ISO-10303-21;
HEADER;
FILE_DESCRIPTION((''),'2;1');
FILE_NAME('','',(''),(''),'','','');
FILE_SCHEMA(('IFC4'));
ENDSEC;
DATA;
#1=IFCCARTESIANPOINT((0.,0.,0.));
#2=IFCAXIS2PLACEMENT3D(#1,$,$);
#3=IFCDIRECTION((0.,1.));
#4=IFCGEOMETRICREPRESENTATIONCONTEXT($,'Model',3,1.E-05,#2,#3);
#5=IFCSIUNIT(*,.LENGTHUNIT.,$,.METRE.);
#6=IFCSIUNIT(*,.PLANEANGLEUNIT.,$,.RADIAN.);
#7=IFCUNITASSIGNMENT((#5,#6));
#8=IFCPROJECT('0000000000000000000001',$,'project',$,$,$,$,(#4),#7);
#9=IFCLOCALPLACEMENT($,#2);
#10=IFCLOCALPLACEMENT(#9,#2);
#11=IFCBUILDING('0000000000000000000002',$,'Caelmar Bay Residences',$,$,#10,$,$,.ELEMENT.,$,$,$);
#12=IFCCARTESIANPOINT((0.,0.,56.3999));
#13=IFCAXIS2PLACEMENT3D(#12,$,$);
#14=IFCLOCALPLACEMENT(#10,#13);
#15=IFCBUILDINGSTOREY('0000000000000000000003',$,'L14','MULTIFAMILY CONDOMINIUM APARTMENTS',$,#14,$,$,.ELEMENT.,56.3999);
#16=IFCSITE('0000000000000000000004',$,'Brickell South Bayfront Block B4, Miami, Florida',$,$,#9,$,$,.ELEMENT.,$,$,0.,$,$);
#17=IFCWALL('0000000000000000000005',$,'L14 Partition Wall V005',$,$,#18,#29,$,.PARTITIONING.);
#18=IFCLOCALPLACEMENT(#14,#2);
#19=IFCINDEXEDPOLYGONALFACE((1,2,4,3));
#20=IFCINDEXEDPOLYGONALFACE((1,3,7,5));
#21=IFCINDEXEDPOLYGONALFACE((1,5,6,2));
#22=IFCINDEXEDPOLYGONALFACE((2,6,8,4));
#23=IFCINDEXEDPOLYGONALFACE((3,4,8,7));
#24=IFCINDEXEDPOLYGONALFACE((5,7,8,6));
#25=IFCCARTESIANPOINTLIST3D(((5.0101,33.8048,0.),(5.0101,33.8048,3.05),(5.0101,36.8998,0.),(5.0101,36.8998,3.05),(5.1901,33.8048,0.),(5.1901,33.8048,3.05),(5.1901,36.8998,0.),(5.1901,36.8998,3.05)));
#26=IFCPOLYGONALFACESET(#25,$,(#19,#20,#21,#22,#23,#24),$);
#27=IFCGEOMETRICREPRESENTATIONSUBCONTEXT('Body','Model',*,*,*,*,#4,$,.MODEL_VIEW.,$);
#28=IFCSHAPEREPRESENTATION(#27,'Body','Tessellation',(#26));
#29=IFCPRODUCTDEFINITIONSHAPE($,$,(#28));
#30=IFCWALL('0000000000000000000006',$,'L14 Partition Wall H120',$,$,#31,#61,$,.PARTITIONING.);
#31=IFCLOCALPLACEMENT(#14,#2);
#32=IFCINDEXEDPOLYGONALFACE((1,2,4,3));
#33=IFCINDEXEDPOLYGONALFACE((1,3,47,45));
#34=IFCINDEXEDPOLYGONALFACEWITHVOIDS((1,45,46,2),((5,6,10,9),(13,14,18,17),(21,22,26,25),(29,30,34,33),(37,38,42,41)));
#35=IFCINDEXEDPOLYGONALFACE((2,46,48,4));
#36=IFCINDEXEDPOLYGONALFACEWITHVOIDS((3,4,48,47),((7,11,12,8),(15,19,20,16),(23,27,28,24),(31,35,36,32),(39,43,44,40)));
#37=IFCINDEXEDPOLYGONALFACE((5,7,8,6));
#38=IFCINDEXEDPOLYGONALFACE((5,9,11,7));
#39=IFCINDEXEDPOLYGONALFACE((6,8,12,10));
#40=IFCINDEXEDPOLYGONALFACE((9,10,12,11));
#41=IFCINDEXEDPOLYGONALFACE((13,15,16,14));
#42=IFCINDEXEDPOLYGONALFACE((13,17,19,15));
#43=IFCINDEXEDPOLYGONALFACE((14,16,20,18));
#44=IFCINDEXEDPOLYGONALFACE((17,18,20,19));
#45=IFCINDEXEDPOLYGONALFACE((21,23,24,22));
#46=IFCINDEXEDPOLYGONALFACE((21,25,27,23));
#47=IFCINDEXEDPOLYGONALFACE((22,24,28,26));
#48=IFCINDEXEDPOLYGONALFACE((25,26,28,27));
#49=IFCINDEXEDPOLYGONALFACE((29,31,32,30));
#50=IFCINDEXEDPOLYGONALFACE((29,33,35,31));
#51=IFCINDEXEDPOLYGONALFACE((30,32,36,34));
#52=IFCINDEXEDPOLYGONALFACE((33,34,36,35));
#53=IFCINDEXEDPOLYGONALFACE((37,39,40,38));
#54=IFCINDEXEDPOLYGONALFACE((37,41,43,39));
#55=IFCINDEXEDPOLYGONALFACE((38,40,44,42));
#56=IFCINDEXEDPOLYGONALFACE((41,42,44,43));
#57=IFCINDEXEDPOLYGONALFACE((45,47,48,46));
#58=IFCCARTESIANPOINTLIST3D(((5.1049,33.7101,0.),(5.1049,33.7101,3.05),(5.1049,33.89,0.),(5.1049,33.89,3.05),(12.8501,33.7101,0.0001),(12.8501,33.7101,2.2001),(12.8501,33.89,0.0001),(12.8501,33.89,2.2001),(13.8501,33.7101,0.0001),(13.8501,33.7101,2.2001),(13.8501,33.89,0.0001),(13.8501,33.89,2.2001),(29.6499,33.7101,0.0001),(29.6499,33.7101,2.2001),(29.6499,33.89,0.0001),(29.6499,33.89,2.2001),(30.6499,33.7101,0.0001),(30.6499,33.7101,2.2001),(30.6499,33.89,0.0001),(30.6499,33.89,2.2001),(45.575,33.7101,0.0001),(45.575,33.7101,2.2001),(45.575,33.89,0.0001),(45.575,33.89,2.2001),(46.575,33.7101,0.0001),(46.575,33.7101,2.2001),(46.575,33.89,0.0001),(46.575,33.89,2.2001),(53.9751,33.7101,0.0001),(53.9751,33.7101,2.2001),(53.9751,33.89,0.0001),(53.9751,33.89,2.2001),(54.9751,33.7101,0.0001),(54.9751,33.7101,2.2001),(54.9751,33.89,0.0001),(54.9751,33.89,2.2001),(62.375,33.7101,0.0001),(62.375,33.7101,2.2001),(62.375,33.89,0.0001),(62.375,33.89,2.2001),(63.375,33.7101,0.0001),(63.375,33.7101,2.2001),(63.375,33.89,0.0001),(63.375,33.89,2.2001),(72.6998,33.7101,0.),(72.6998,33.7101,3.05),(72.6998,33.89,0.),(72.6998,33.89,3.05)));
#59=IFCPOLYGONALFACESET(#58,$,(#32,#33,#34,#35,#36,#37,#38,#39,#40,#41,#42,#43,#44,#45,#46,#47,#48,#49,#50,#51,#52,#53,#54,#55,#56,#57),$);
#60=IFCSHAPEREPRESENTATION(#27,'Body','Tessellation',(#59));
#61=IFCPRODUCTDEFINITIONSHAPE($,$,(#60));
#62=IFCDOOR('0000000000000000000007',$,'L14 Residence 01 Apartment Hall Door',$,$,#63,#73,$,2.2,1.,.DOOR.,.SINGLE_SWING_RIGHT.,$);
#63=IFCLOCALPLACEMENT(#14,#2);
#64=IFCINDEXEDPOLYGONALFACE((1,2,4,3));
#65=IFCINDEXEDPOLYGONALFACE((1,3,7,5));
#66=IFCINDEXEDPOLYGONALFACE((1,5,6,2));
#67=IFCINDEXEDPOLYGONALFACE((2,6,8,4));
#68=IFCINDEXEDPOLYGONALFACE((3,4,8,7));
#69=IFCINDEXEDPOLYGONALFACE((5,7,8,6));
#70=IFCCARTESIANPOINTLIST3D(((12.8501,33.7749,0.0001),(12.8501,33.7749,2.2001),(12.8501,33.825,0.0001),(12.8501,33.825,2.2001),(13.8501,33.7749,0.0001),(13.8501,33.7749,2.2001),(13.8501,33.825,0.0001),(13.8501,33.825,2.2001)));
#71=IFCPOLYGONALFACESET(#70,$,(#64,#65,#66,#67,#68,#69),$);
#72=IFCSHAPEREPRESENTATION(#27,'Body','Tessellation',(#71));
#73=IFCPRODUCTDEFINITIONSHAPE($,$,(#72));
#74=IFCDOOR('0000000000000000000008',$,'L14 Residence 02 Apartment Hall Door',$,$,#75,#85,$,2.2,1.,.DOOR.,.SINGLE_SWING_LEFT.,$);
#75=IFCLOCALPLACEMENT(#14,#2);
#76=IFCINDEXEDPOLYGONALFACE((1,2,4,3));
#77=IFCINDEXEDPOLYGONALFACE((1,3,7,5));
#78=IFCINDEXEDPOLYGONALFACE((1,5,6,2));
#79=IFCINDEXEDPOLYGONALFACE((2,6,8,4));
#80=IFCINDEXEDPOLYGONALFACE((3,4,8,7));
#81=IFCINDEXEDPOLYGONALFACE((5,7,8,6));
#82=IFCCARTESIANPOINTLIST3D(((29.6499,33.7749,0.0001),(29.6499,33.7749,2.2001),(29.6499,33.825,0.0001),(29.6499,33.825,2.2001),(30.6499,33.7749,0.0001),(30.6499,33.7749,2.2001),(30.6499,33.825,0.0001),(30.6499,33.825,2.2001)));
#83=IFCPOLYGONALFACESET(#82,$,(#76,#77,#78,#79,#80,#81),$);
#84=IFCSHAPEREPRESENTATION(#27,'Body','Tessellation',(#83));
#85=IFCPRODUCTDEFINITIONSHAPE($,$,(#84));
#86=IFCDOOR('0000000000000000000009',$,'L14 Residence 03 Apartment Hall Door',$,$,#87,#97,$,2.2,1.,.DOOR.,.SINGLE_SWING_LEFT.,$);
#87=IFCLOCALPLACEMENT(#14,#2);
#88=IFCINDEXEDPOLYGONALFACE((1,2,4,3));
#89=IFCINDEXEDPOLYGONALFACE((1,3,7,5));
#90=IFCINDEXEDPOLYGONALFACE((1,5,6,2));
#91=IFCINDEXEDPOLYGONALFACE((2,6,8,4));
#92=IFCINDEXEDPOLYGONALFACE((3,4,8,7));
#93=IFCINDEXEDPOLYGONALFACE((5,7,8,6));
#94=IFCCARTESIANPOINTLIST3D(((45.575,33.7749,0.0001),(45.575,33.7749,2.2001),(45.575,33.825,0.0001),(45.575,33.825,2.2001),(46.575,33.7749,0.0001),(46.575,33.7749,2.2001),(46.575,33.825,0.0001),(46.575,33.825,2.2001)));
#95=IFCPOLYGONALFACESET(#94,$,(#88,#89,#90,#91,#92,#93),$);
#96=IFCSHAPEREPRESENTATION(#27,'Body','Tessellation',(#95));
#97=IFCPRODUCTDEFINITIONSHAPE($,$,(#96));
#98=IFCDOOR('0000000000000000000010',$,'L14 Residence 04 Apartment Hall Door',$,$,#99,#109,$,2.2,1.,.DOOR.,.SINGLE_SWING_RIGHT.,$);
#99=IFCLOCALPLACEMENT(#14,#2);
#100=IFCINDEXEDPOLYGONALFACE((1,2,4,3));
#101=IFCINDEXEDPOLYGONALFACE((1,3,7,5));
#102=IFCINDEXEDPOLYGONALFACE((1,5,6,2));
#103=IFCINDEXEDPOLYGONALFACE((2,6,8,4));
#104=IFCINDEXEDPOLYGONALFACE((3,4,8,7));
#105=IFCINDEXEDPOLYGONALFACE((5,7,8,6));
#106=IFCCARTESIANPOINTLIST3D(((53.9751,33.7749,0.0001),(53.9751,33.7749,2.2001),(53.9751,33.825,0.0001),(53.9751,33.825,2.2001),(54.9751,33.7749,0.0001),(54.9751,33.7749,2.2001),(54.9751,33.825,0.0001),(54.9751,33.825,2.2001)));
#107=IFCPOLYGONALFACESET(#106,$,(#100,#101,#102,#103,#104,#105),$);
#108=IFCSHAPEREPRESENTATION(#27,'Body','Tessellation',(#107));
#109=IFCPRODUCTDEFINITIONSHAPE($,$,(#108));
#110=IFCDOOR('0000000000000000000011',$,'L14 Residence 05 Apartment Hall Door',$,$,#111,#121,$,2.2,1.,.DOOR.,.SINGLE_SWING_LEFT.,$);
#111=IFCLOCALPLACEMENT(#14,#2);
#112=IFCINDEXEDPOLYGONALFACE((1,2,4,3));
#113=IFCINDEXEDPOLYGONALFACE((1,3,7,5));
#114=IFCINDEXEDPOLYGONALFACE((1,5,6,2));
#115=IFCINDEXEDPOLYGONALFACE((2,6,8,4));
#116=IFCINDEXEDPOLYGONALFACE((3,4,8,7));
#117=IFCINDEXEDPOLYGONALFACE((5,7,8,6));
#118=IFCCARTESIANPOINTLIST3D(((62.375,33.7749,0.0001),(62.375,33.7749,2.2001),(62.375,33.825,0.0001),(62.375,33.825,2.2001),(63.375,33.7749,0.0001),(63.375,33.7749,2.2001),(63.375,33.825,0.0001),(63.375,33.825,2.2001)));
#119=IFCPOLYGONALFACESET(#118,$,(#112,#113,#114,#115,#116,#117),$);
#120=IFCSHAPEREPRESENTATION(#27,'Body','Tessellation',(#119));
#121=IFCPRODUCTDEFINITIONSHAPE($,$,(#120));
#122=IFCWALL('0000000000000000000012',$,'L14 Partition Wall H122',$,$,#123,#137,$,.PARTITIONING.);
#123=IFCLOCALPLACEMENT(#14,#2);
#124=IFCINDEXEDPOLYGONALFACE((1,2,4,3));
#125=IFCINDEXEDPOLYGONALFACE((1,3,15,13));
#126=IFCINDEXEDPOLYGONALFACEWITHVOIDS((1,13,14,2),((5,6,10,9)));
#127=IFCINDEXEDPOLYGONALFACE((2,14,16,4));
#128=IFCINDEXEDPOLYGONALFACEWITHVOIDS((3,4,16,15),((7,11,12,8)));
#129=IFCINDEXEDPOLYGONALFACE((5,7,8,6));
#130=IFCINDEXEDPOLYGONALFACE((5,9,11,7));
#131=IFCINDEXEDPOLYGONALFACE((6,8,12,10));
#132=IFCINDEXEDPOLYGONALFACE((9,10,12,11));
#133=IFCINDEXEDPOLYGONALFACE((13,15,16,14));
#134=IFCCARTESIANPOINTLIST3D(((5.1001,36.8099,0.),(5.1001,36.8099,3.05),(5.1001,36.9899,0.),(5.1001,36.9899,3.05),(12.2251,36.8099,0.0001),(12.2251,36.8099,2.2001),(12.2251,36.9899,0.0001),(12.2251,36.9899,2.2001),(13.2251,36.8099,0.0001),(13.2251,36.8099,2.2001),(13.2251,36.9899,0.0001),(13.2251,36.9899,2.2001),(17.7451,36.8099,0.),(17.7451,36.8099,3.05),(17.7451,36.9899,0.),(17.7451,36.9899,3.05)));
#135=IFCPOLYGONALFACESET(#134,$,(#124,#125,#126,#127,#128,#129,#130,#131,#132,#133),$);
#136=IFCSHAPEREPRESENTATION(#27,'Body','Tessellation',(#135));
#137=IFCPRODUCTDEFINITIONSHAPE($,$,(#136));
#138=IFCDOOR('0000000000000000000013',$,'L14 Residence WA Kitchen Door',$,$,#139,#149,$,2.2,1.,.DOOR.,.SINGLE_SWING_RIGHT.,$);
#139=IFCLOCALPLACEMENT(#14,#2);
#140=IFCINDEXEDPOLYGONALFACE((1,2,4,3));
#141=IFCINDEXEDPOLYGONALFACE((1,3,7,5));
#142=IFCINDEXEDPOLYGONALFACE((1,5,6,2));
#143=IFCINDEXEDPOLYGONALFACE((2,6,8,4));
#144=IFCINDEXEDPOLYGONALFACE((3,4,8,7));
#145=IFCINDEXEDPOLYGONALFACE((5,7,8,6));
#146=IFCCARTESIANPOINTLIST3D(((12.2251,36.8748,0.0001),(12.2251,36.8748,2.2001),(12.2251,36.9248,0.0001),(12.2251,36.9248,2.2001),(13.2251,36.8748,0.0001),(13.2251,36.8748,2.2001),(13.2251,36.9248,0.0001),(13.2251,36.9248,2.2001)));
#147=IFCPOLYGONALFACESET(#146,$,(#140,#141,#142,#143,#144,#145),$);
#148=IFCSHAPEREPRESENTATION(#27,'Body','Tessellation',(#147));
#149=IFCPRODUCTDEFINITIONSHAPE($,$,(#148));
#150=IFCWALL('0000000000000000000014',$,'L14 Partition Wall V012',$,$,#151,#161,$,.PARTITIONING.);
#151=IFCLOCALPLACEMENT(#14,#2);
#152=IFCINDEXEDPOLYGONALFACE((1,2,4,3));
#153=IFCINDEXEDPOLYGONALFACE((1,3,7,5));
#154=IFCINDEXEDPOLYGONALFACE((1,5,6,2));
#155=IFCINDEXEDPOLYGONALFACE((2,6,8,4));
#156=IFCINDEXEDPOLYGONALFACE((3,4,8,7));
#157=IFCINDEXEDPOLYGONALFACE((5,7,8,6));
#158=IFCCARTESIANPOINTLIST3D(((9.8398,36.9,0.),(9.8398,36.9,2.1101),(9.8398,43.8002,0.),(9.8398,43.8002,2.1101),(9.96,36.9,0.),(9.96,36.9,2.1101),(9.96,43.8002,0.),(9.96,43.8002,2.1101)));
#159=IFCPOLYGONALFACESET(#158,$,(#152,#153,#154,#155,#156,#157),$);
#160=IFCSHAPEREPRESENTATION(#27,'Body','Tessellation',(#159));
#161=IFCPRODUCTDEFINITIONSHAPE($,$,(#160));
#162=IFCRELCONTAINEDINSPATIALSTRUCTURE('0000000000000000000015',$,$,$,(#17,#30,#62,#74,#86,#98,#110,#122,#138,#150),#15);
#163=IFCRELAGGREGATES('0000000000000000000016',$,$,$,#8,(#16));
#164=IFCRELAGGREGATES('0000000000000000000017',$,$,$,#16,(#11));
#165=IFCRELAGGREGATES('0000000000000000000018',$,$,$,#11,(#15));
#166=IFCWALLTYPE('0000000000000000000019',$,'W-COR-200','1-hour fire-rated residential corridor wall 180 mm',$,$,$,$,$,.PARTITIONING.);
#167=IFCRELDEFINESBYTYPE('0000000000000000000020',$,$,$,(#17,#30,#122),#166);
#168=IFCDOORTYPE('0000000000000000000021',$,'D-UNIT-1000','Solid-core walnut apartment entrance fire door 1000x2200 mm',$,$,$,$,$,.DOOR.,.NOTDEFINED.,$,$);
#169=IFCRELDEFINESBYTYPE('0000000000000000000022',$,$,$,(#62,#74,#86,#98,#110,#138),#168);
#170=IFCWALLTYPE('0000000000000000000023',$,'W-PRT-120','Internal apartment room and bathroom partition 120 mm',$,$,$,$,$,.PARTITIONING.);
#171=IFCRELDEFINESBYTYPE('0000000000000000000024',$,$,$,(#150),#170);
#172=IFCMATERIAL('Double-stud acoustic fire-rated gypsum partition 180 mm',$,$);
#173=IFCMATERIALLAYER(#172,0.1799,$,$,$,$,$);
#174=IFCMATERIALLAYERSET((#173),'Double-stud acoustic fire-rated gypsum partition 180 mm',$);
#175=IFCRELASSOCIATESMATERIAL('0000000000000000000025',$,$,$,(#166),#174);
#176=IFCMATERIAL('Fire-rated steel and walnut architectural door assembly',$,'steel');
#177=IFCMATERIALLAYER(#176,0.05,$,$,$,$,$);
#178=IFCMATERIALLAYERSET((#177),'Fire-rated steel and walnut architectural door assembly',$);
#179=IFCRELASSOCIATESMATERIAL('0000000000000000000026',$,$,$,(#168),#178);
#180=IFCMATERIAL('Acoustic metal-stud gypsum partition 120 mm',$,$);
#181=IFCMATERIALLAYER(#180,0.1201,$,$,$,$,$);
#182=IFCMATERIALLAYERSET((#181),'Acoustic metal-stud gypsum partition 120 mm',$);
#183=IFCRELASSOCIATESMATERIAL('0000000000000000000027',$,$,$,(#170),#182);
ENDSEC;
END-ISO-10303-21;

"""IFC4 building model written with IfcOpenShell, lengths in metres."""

from ifc_helpers import new_model, si_unit, direction, frame, frame_2d, origin, place, context, subcontext, project, spatial, rectangle, extrude, material, layer, layer_set, type_object, element, fill, save


model = new_model("IFC4")

# Units and contexts
model_context = context("Model", 3, precision=1e-05, world=origin(), true_north=direction((0.0, 1.0)))
body_context = subcontext(model_context, "Body", "Model", "MODEL_VIEW")
ifc_project = project(units=[si_unit("LENGTHUNIT", "METRE"), si_unit("PLANEANGLEUNIT", "RADIAN")], contexts=[model_context])

# Site, building, storey
site_placement = place(None, origin())
site = spatial("IfcSite", under=ifc_project, at=site_placement, Name="Brickell South Bayfront Block B4, Miami, Florida", CompositionType="ELEMENT", RefElevation=0.0)
building_placement = place(site_placement, origin())
building = spatial("IfcBuilding", under=site, at=building_placement, Name="Caelmar Bay Residences", CompositionType="ELEMENT")
storey_placement = place(building_placement, frame((0.0, 0.0, 56.3999)))
storey = spatial("IfcBuildingStorey", under=building, at=storey_placement, Name="L14", Description="MULTIFAMILY CONDOMINIUM APARTMENTS", CompositionType="ELEMENT", Elevation=56.3999)

# Wall
ifc_material_1 = material(Name="Double-stud acoustic fire-rated gypsum partition 180 mm")
ifc_layer_1 = layer(ifc_material_1, 0.1799)
ifc_layer_set_1 = layer_set([ifc_layer_1], Name="Double-stud acoustic fire-rated gypsum partition 180 mm")
wall_type_1 = type_object("IfcWallType", Name="W-COR-200", Description="1-hour fire-rated residential corridor wall 180 mm", PredefinedType="PARTITIONING", material=ifc_layer_set_1)
wall_1_placement = place(storey_placement, frame((5.1001, 33.8049, 0.0), z_axis=(0.0, 0.0, 1.0), x_axis=(0.0, 1.0, 0.0)))
element("IfcWall", 1, at=wall_1_placement, inside=storey, type_object=wall_type_1, Name="L14 Partition Wall V005", PredefinedType="PARTITIONING", context=body_context, shape_type="SweptSolid", body=[
    extrude(rectangle(XDim=3.095, YDim=0.1799, at=frame_2d((1.5474, 0.0))), origin(), (0.0, 0.0, 1.0), 3.05),
])

# Wall, openings, doors
wall_2_placement = place(storey_placement, frame((5.105, 33.8, 0.0), z_axis=(0.0, 0.0, 1.0), x_axis=(1.0, 0.0, 0.0)))
wall_2 = element("IfcWall", 2, at=wall_2_placement, inside=storey, type_object=wall_type_1, Name="L14 Partition Wall H120", PredefinedType="PARTITIONING", context=body_context, shape_type="SweptSolid", body=[
    extrude(rectangle(XDim=67.595, YDim=0.1799, at=frame_2d((33.7974, 0.0))), origin(), (0.0, 0.0, 1.0), 3.05),
])
opening_1_placement = place(wall_2_placement, frame((7.7451, 0.0, 0.0)))
opening_1 = element("IfcOpeningElement", 3, at=opening_1_placement, cuts=wall_2, PredefinedType="OPENING", context=body_context, shape_type="SweptSolid", body=[
    extrude(rectangle(XDim=1.0, YDim=2.2, at=frame_2d((0.5, 1.1001))), frame((0.0, 0.0999, 0.0), z_axis=(0.0, -1.0, 0.0), x_axis=(1.0, 0.0, 0.0)), (0.0, 0.0, 1.0), 0.2),
])
opening_2_placement = place(wall_2_placement, frame((24.5449, 0.0, 0.0)))
opening_2 = element("IfcOpeningElement", 4, at=opening_2_placement, cuts=wall_2, PredefinedType="OPENING", context=body_context, shape_type="SweptSolid", body=[
    extrude(rectangle(XDim=1.0, YDim=2.2, at=frame_2d((0.5, 1.1001))), frame((0.0, 0.0999, 0.0), z_axis=(0.0, -1.0, 0.0), x_axis=(1.0, 0.0, 0.0)), (0.0, 0.0, 1.0), 0.2),
])
opening_3_placement = place(wall_2_placement, frame((40.47, 0.0, 0.0)))
opening_3 = element("IfcOpeningElement", 5, at=opening_3_placement, cuts=wall_2, PredefinedType="OPENING", context=body_context, shape_type="SweptSolid", body=[
    extrude(rectangle(XDim=1.0, YDim=2.2, at=frame_2d((0.5, 1.1001))), frame((0.0, 0.0999, 0.0), z_axis=(0.0, -1.0, 0.0), x_axis=(1.0, 0.0, 0.0)), (0.0, 0.0, 1.0), 0.2),
])
opening_4_placement = place(wall_2_placement, frame((48.8701, 0.0, 0.0)))
opening_4 = element("IfcOpeningElement", 6, at=opening_4_placement, cuts=wall_2, PredefinedType="OPENING", context=body_context, shape_type="SweptSolid", body=[
    extrude(rectangle(XDim=1.0, YDim=2.2, at=frame_2d((0.5, 1.1001))), frame((0.0, 0.0999, 0.0), z_axis=(0.0, -1.0, 0.0), x_axis=(1.0, 0.0, 0.0)), (0.0, 0.0, 1.0), 0.2),
])
opening_5_placement = place(wall_2_placement, frame((57.27, 0.0, 0.0)))
opening_5 = element("IfcOpeningElement", 7, at=opening_5_placement, cuts=wall_2, PredefinedType="OPENING", context=body_context, shape_type="SweptSolid", body=[
    extrude(rectangle(XDim=1.0, YDim=2.2, at=frame_2d((0.5, 1.1001))), frame((0.0, 0.0999, 0.0), z_axis=(0.0, -1.0, 0.0), x_axis=(1.0, 0.0, 0.0)), (0.0, 0.0, 1.0), 0.2),
])
ifc_material_2 = material(Name="Fire-rated steel and walnut architectural door assembly", Category="steel")
ifc_layer_2 = layer(ifc_material_2, 0.05)
ifc_layer_set_2 = layer_set([ifc_layer_2], Name="Fire-rated steel and walnut architectural door assembly")
door_type_1 = type_object("IfcDoorType", Name="D-UNIT-1000", Description="Solid-core walnut apartment entrance fire door 1000x2200 mm", OperationType="NOTDEFINED", PredefinedType="DOOR", material=ifc_layer_set_2)
door_1_placement = place(opening_1_placement, origin())
door_1 = element("IfcDoor", 8, at=door_1_placement, inside=storey, type_object=door_type_1, Name="L14 Residence 01 Apartment Hall Door", OperationType="SINGLE_SWING_RIGHT", OverallHeight=2.2, OverallWidth=1.0, PredefinedType="DOOR", context=body_context, shape_type="SweptSolid", body=[
    extrude(rectangle(XDim=1.0, YDim=2.2, at=frame_2d((0.5, 1.1001))), frame((0.0, 0.0249, 0.0), z_axis=(0.0, -1.0, 0.0), x_axis=(1.0, 0.0, 0.0)), (0.0, 0.0, 1.0), 0.05),
])
fill(opening_1, door_1)
door_2_placement = place(opening_2_placement, origin())
door_2 = element("IfcDoor", 9, at=door_2_placement, inside=storey, type_object=door_type_1, Name="L14 Residence 02 Apartment Hall Door", OperationType="SINGLE_SWING_LEFT", OverallHeight=2.2, OverallWidth=1.0, PredefinedType="DOOR", context=body_context, shape_type="SweptSolid", body=[
    extrude(rectangle(XDim=1.0, YDim=2.2, at=frame_2d((0.5, 1.1001))), frame((0.0, 0.0249, 0.0), z_axis=(0.0, -1.0, 0.0), x_axis=(1.0, 0.0, 0.0)), (0.0, 0.0, 1.0), 0.05),
])
fill(opening_2, door_2)
door_3_placement = place(opening_3_placement, origin())
door_3 = element("IfcDoor", 10, at=door_3_placement, inside=storey, type_object=door_type_1, Name="L14 Residence 03 Apartment Hall Door", OperationType="SINGLE_SWING_LEFT", OverallHeight=2.2, OverallWidth=1.0, PredefinedType="DOOR", context=body_context, shape_type="SweptSolid", body=[
    extrude(rectangle(XDim=1.0, YDim=2.2, at=frame_2d((0.5, 1.1001))), frame((0.0, 0.0249, 0.0), z_axis=(0.0, -1.0, 0.0), x_axis=(1.0, 0.0, 0.0)), (0.0, 0.0, 1.0), 0.05),
])
fill(opening_3, door_3)
door_4_placement = place(opening_4_placement, origin())
door_4 = element("IfcDoor", 11, at=door_4_placement, inside=storey, type_object=door_type_1, Name="L14 Residence 04 Apartment Hall Door", OperationType="SINGLE_SWING_RIGHT", OverallHeight=2.2, OverallWidth=1.0, PredefinedType="DOOR", context=body_context, shape_type="SweptSolid", body=[
    extrude(rectangle(XDim=1.0, YDim=2.2, at=frame_2d((0.5, 1.1001))), frame((0.0, 0.0249, 0.0), z_axis=(0.0, -1.0, 0.0), x_axis=(1.0, 0.0, 0.0)), (0.0, 0.0, 1.0), 0.05),
])
fill(opening_4, door_4)
door_5_placement = place(opening_5_placement, origin())
door_5 = element("IfcDoor", 12, at=door_5_placement, inside=storey, type_object=door_type_1, Name="L14 Residence 05 Apartment Hall Door", OperationType="SINGLE_SWING_LEFT", OverallHeight=2.2, OverallWidth=1.0, PredefinedType="DOOR", context=body_context, shape_type="SweptSolid", body=[
    extrude(rectangle(XDim=1.0, YDim=2.2, at=frame_2d((0.5, 1.1001))), frame((0.0, 0.0249, 0.0), z_axis=(0.0, -1.0, 0.0), x_axis=(1.0, 0.0, 0.0)), (0.0, 0.0, 1.0), 0.05),
])
fill(opening_5, door_5)

# Wall, opening, door
wall_3_placement = place(storey_placement, frame((5.1001, 36.8999, 0.0), z_axis=(0.0, 0.0, 1.0), x_axis=(1.0, 0.0, 0.0)))
wall_3 = element("IfcWall", 13, at=wall_3_placement, inside=storey, type_object=wall_type_1, Name="L14 Partition Wall H122", PredefinedType="PARTITIONING", context=body_context, shape_type="SweptSolid", body=[
    extrude(rectangle(XDim=12.645, YDim=0.1799, at=frame_2d((6.3225, 0.0))), origin(), (0.0, 0.0, 1.0), 3.05),
])
opening_6_placement = place(wall_3_placement, frame((7.125, 0.0, 0.0)))
opening_6 = element("IfcOpeningElement", 14, at=opening_6_placement, cuts=wall_3, PredefinedType="OPENING", context=body_context, shape_type="SweptSolid", body=[
    extrude(rectangle(XDim=1.0, YDim=2.2, at=frame_2d((0.5, 1.1001))), frame((0.0, 0.0999, 0.0), z_axis=(0.0, -1.0, 0.0), x_axis=(1.0, 0.0, 0.0)), (0.0, 0.0, 1.0), 0.2),
])
door_6_placement = place(opening_6_placement, origin())
door_6 = element("IfcDoor", 15, at=door_6_placement, inside=storey, type_object=door_type_1, Name="L14 Residence WA Kitchen Door", OperationType="SINGLE_SWING_RIGHT", OverallHeight=2.2, OverallWidth=1.0, PredefinedType="DOOR", context=body_context, shape_type="SweptSolid", body=[
    extrude(rectangle(XDim=1.0, YDim=2.2, at=frame_2d((0.5, 1.1001))), frame((0.0, 0.0249, 0.0), z_axis=(0.0, -1.0, 0.0), x_axis=(1.0, 0.0, 0.0)), (0.0, 0.0, 1.0), 0.05),
])
fill(opening_6, door_6)

# Wall
ifc_material_3 = material(Name="Acoustic metal-stud gypsum partition 120 mm")
ifc_layer_3 = layer(ifc_material_3, 0.1201)
ifc_layer_set_3 = layer_set([ifc_layer_3], Name="Acoustic metal-stud gypsum partition 120 mm")
wall_type_2 = type_object("IfcWallType", Name="W-PRT-120", Description="Internal apartment room and bathroom partition 120 mm", PredefinedType="PARTITIONING", material=ifc_layer_set_3)
wall_4_placement = place(storey_placement, frame((9.8999, 36.8999, 0.0), z_axis=(0.0, 0.0, 1.0), x_axis=(0.0, 1.0, 0.0)))
element("IfcWall", 16, at=wall_4_placement, inside=storey, type_object=wall_type_2, Name="L14 Partition Wall V012", PredefinedType="PARTITIONING", context=body_context, shape_type="SweptSolid", body=[
    extrude(rectangle(XDim=6.9001, YDim=0.1201, at=frame_2d((3.4502, 0.0))), origin(), (0.0, 0.0, 1.0), 2.1101),
])

save(model, "model.ifc")
